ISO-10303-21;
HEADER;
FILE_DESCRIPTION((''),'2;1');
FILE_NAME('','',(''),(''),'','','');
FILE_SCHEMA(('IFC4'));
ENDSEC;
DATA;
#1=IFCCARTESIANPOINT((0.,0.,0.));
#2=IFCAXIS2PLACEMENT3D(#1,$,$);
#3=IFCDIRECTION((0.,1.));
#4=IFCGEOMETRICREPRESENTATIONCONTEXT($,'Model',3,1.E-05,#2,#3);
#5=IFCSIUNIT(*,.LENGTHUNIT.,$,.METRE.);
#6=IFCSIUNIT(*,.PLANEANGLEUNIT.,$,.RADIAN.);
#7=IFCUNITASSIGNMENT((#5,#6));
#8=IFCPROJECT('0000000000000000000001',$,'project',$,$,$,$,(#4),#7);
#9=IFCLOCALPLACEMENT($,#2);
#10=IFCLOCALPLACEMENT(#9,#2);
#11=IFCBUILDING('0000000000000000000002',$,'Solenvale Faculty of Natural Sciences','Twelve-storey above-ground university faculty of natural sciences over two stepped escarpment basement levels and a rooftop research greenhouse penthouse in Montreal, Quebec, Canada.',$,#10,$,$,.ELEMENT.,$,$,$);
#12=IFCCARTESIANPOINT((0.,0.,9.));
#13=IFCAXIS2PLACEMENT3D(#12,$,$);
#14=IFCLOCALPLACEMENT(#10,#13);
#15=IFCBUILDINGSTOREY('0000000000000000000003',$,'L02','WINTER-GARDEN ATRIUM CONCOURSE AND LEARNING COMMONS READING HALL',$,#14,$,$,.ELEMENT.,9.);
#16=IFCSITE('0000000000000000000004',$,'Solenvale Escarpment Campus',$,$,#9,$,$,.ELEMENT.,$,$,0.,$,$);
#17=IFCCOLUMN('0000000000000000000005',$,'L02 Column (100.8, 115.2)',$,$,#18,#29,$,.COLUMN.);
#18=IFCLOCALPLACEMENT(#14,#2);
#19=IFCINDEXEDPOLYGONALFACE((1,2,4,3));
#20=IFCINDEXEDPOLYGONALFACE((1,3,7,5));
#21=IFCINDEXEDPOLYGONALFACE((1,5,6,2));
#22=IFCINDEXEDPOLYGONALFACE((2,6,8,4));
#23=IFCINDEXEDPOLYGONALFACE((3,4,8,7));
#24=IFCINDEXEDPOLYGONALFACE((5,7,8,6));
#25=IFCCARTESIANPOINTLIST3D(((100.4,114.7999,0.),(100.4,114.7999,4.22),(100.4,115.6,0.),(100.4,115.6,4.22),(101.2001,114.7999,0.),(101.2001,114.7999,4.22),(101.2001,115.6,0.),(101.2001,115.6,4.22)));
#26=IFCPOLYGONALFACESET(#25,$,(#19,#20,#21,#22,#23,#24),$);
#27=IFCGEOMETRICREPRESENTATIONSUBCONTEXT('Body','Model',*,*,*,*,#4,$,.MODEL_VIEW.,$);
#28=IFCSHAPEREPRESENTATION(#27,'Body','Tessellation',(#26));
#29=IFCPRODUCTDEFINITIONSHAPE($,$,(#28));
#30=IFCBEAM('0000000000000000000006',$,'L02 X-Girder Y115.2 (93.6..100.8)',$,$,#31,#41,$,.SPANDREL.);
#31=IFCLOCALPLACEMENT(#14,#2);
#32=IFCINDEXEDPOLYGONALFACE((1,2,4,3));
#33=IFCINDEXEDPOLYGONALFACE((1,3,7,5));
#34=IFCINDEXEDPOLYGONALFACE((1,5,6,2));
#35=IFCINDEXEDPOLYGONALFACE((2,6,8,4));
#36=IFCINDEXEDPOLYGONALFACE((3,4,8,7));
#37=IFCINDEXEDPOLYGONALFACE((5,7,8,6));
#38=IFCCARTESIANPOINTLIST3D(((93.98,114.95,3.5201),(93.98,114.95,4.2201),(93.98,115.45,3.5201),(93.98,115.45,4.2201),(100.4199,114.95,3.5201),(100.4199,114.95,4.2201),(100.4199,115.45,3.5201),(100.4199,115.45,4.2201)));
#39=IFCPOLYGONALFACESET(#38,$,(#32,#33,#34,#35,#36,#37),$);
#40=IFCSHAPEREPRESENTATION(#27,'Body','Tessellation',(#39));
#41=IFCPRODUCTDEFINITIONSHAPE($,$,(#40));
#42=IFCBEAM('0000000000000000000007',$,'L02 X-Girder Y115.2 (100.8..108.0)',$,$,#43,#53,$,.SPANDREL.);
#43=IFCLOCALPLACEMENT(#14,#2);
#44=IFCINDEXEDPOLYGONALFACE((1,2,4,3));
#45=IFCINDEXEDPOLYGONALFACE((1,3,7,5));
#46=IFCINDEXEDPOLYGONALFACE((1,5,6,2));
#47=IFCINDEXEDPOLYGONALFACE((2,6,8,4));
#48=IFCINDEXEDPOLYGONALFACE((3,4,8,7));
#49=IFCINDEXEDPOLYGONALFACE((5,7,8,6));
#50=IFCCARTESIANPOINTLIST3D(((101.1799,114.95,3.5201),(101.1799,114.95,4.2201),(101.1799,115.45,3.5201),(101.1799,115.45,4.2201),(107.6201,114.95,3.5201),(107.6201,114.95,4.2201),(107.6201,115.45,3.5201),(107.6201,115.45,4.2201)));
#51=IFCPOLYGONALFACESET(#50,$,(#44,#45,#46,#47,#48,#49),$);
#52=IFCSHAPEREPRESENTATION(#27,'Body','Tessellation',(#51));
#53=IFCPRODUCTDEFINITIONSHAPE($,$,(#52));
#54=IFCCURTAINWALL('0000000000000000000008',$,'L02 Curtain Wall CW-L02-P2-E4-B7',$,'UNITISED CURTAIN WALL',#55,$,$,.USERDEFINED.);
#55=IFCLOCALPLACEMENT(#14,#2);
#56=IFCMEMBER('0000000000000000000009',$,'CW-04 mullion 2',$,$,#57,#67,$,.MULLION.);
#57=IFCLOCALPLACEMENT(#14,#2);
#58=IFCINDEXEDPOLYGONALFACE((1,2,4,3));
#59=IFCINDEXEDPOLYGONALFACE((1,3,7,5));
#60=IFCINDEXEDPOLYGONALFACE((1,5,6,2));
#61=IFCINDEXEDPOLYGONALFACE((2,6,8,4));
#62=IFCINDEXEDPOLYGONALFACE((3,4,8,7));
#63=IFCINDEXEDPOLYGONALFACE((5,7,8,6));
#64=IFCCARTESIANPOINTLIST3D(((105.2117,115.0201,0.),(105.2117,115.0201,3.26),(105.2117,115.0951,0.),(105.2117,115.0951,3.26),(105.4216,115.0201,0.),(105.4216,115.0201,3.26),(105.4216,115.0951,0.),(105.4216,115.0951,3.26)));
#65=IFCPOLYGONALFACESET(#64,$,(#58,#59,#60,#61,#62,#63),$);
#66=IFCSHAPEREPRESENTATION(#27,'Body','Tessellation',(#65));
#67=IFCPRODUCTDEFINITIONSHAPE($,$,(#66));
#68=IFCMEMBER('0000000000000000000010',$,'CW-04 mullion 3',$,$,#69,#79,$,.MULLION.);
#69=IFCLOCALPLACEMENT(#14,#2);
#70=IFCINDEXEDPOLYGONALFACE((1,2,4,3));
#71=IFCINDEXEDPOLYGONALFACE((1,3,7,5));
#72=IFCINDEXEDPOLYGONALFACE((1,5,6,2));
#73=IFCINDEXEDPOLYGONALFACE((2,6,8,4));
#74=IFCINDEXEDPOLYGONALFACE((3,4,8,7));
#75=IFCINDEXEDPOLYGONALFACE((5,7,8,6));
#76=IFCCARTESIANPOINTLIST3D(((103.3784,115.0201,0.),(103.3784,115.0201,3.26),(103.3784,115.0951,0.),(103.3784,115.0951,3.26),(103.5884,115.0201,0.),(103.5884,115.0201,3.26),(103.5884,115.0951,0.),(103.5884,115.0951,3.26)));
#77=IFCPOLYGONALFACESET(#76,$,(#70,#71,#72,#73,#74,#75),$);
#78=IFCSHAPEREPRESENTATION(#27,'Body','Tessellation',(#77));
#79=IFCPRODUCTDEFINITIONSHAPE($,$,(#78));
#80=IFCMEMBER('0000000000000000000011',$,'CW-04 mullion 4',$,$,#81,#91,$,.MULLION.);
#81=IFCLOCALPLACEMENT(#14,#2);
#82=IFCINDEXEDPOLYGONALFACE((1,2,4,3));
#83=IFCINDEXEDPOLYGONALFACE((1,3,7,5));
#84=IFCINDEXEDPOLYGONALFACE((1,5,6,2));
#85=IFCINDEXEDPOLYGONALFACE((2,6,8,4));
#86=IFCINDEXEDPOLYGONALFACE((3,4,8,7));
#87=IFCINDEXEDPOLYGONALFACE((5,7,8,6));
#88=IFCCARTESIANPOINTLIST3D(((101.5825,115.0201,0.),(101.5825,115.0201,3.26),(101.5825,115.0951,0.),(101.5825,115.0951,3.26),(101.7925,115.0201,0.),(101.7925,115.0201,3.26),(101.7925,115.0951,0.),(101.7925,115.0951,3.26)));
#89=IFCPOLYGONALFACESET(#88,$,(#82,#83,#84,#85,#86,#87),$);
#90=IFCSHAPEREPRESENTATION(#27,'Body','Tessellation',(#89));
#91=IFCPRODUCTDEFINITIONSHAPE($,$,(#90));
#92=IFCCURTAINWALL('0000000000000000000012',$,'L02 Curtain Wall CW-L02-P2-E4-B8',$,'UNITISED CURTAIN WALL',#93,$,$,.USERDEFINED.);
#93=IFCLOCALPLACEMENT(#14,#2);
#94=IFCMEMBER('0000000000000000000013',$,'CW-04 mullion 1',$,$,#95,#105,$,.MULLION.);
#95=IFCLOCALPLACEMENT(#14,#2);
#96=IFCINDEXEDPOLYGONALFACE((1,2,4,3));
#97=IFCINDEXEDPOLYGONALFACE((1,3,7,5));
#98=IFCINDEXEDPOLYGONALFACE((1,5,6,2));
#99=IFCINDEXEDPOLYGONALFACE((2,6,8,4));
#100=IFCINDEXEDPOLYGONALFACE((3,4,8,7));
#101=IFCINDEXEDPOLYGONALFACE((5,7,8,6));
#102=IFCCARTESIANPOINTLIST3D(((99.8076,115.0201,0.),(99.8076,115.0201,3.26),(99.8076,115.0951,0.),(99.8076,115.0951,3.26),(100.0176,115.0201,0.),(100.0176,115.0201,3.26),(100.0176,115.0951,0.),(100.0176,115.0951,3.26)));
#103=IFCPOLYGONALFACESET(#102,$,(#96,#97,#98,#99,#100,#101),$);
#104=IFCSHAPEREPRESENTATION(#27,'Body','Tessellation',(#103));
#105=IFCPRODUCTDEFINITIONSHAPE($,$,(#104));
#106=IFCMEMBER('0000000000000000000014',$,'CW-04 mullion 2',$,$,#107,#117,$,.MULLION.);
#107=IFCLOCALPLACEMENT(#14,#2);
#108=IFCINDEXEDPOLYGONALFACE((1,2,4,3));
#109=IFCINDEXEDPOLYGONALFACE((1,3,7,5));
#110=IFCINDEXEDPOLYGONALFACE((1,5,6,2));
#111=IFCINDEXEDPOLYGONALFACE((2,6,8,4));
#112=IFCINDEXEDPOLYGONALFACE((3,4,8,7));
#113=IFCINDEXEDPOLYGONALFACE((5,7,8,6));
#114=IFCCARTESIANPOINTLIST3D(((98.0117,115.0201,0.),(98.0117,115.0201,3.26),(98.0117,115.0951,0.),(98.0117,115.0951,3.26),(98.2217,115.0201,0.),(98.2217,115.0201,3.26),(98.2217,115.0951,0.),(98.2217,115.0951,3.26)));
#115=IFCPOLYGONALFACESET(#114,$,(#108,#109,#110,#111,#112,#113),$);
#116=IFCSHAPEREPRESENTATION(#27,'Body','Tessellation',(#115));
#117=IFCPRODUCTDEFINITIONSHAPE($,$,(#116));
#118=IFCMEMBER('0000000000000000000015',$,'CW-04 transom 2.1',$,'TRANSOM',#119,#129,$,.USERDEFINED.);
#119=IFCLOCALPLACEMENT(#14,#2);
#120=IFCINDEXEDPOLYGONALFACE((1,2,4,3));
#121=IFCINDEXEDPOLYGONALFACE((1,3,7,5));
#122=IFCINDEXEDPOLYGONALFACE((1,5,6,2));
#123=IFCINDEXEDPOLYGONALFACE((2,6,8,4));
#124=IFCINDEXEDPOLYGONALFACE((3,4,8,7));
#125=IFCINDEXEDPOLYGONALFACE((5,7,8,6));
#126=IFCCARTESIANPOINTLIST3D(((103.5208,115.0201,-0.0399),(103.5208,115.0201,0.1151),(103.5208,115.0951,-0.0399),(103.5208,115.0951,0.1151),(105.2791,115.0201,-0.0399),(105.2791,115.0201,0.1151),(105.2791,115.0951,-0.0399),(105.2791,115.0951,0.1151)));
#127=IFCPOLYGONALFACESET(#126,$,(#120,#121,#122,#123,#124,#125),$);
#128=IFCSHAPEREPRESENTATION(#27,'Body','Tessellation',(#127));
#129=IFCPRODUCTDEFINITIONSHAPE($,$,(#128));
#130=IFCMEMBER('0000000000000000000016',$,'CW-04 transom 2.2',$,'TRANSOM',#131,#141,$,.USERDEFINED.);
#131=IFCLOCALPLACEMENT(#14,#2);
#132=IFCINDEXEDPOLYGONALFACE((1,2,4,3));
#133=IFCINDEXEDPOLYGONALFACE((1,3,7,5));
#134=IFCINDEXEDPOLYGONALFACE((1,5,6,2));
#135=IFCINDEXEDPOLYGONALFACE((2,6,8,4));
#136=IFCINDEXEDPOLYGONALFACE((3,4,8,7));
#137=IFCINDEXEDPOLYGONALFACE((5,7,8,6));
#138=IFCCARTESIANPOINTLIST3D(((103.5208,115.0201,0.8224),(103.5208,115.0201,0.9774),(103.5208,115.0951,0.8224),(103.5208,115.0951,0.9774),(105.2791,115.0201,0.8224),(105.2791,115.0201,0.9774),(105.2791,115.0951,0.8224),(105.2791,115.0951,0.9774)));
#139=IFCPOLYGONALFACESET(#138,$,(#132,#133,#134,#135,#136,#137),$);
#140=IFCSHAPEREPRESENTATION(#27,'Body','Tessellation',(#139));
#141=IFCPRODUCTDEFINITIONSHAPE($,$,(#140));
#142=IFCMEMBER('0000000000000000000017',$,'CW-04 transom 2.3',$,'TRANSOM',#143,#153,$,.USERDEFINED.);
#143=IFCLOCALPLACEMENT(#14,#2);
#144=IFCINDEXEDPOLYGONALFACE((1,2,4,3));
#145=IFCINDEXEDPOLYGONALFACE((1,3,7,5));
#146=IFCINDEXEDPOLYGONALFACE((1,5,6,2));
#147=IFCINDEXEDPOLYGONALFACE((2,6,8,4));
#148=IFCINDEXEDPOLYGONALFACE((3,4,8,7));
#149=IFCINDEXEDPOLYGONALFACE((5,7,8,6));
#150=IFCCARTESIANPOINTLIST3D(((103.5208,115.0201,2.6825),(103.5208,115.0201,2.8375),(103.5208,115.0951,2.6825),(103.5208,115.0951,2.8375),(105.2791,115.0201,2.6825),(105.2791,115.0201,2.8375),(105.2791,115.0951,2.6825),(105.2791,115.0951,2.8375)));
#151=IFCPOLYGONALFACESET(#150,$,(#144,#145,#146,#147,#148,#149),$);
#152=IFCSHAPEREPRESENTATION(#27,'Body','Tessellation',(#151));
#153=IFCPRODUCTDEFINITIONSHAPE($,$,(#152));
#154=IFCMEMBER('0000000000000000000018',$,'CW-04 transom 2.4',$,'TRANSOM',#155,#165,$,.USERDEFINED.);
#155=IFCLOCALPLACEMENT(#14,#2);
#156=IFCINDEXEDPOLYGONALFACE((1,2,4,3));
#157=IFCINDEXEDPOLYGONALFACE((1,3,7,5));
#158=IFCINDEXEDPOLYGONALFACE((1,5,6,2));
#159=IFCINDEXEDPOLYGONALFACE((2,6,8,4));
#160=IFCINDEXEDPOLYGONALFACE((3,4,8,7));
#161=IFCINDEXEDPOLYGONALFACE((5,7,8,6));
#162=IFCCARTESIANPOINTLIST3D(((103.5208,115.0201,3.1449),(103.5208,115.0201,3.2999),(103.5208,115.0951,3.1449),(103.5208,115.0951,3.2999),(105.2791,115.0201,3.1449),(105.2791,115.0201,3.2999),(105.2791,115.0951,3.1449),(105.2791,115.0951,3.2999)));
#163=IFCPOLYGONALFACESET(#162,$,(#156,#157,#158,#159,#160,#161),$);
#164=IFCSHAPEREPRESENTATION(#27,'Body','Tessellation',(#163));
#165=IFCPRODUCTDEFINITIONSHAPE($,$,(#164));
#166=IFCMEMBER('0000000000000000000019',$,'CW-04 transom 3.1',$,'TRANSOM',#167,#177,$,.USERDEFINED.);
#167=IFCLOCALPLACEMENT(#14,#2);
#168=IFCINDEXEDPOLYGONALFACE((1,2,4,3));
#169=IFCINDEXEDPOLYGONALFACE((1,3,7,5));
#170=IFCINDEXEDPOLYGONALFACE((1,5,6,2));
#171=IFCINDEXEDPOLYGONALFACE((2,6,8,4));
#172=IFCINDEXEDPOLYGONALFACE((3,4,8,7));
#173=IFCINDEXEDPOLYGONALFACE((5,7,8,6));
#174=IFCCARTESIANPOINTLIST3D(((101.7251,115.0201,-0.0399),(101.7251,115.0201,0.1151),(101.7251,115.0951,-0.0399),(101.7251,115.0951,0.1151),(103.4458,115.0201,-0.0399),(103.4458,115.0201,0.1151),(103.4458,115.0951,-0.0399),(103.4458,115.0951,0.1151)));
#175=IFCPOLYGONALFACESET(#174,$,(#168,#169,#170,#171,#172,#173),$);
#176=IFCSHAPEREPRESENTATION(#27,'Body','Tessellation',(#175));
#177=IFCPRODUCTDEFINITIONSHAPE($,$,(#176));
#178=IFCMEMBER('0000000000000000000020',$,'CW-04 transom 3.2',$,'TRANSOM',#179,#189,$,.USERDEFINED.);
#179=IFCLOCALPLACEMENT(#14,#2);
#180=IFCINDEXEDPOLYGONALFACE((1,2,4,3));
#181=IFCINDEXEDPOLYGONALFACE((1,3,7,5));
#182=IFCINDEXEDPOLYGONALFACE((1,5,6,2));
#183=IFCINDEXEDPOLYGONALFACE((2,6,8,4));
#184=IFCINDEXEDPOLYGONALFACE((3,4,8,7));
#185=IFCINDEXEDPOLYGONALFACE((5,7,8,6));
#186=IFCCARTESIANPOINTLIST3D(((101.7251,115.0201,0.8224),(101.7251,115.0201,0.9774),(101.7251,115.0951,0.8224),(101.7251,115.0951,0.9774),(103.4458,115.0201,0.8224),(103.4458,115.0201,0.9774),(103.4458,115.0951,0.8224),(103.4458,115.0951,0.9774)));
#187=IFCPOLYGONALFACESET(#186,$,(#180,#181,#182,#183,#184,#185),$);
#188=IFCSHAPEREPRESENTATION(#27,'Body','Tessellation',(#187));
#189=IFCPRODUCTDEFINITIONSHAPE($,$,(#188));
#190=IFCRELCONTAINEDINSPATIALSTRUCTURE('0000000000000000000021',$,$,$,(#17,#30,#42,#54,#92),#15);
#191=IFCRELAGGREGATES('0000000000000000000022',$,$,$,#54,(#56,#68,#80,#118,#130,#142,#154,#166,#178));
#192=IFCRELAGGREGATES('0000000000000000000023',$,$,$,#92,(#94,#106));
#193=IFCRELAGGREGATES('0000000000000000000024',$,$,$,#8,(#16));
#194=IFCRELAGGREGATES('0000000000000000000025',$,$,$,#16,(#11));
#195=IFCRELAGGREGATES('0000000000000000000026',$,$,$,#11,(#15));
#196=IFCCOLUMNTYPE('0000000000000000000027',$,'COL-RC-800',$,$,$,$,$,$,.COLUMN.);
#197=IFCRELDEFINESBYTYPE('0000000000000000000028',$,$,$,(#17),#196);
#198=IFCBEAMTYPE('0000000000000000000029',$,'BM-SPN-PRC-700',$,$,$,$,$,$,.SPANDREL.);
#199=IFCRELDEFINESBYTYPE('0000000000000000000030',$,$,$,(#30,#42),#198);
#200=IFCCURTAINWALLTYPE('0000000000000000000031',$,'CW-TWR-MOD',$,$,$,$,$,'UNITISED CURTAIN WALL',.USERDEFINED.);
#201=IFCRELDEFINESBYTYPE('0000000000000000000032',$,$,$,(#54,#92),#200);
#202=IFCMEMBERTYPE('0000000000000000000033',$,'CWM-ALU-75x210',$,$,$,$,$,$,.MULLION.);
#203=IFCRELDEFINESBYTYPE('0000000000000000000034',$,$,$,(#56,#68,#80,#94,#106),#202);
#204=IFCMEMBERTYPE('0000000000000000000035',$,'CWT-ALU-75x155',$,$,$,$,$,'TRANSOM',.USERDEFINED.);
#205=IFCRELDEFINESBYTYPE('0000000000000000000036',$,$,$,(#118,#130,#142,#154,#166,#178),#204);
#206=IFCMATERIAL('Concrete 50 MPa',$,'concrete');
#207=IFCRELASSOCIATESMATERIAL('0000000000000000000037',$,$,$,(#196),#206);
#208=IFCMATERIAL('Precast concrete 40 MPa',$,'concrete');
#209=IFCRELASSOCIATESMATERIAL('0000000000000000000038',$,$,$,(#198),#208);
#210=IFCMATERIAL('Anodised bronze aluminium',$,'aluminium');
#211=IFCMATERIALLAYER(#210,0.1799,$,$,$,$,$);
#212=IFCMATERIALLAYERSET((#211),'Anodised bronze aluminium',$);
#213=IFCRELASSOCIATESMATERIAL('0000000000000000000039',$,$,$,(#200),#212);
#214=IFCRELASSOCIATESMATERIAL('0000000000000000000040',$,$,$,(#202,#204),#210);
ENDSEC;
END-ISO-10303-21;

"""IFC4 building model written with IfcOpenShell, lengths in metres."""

from ifc_helpers import new_model, si_unit, direction, frame, origin, origin_2d, place, context, subcontext, project, spatial, rectangle, extrude, material, layer, layer_set, material_profile, profile_set, type_object, element, aggregate, save


model = new_model("IFC4")

# Units and contexts
model_context = context("Model", 3, precision=1e-05, world=origin(), true_north=direction((0.0, 1.0)))
body_context = subcontext(model_context, "Body", "Model", "MODEL_VIEW")
ifc_project = project(units=[si_unit("LENGTHUNIT", "METRE"), si_unit("PLANEANGLEUNIT", "RADIAN")], contexts=[model_context])

# Site, building, storey
site_placement = place(None, origin())
site = spatial("IfcSite", under=ifc_project, at=site_placement, Name="Solenvale Escarpment Campus", CompositionType="ELEMENT", RefElevation=0.0)
building_placement = place(site_placement, origin())
building = spatial("IfcBuilding", under=site, at=building_placement, Name="Solenvale Faculty of Natural Sciences", Description="Twelve-storey above-ground university faculty of natural sciences over two stepped escarpment basement levels and a rooftop research greenhouse penthouse in Montreal, Quebec, Canada.", CompositionType="ELEMENT")
storey_placement = place(building_placement, frame((0.0, 0.0, 9.0)))
storey = spatial("IfcBuildingStorey", under=building, at=storey_placement, Name="L02", Description="WINTER-GARDEN ATRIUM CONCOURSE AND LEARNING COMMONS READING HALL", CompositionType="ELEMENT", Elevation=9.0)

# Column
ifc_material_1 = material(Name="Concrete 50 MPa", Category="concrete")
ifc_material_profile_1 = material_profile(ifc_material_1, rectangle(XDim=0.8, YDim=0.8, at=origin_2d()), Name="RC-COL-800x800")
ifc_profile_set_1 = profile_set([ifc_material_profile_1], Name="Concrete 50 MPa")
column_type = type_object("IfcColumnType", Name="COL-RC-800", PredefinedType="COLUMN", material=ifc_profile_set_1)
column_placement = place(storey_placement, frame((100.8, 115.2, 0.0), z_axis=(0.0, 0.0, 1.0), x_axis=(1.0, 0.0, 0.0)))
element("IfcColumn", 1, at=column_placement, inside=storey, type_object=column_type, Name="L02 Column (100.8, 115.2)", PredefinedType="COLUMN", context=body_context, shape_type="SweptSolid", body=[
    extrude(rectangle(XDim=0.8, YDim=0.8, at=origin_2d()), origin(), (0.0, 0.0, 1.0), 4.22),
])

# Beams
ifc_material_2 = material(Name="Precast concrete 40 MPa", Category="concrete")
ifc_material_profile_2 = material_profile(ifc_material_2, rectangle(XDim=0.5, YDim=0.7, at=origin_2d()), Name="RC-BM-500x700")
ifc_profile_set_2 = profile_set([ifc_material_profile_2], Name="Precast concrete 40 MPa")
beam_type = type_object("IfcBeamType", Name="BM-SPN-PRC-700", PredefinedType="SPANDREL", material=ifc_profile_set_2)
beam_1_placement = place(storey_placement, frame((93.98, 115.2, 3.8701), z_axis=(1.0, 0.0, 0.0), x_axis=(0.0, 1.0, 0.0)))
element("IfcBeam", 2, at=beam_1_placement, inside=storey, type_object=beam_type, Name="L02 X-Girder Y115.2 (93.6..100.8)", PredefinedType="SPANDREL", context=body_context, shape_type="SweptSolid", body=[
    extrude(rectangle(XDim=0.5, YDim=0.7, at=origin_2d()), origin(), (0.0, 0.0, 1.0), 6.4399),
])
beam_2_placement = place(storey_placement, frame((101.1799, 115.2, 3.8701), z_axis=(1.0, 0.0, 0.0), x_axis=(0.0, 1.0, 0.0)))
element("IfcBeam", 3, at=beam_2_placement, inside=storey, type_object=beam_type, Name="L02 X-Girder Y115.2 (100.8..108.0)", PredefinedType="SPANDREL", context=body_context, shape_type="SweptSolid", body=[
    extrude(rectangle(XDim=0.5, YDim=0.7, at=origin_2d()), origin(), (0.0, 0.0, 1.0), 6.4402),
])

# Curtain walls, members
ifc_material_3 = material(Name="Anodised bronze aluminium", Category="aluminium")
ifc_layer_1 = layer(ifc_material_3, 0.1799)
ifc_layer_set_1 = layer_set([ifc_layer_1], Name="Anodised bronze aluminium")
curtain_wall_type = type_object("IfcCurtainWallType", Name="CW-TWR-MOD", ElementType="UNITISED CURTAIN WALL", PredefinedType="USERDEFINED", material=ifc_layer_set_1)
curtain_wall_1_placement = place(storey_placement, origin())
curtain_wall_1 = element("IfcCurtainWall", 4, at=curtain_wall_1_placement, inside=storey, type_object=curtain_wall_type, Name="L02 Curtain Wall CW-L02-P2-E4-B7", ObjectType="UNITISED CURTAIN WALL", PredefinedType="USERDEFINED")
ifc_material_profile_3 = material_profile(ifc_material_3, rectangle(XDim=0.075, YDim=0.21, at=origin_2d()), Name="ALU-MUL-75x210")
ifc_profile_set_3 = profile_set([ifc_material_profile_3], Name="Anodised bronze aluminium")
member_type_1 = type_object("IfcMemberType", Name="CWM-ALU-75x210", PredefinedType="MULLION", material=ifc_profile_set_3)
member_1_placement = place(storey_placement, frame((105.3167, 115.0576, 0.0), z_axis=(0.0, 0.0, 1.0), x_axis=(0.0, -1.0, 0.0)))
member_1 = element("IfcMember", 5, at=member_1_placement, type_object=member_type_1, Name="CW-04 mullion 2", PredefinedType="MULLION", context=body_context, shape_type="SweptSolid", body=[
    extrude(rectangle(XDim=0.075, YDim=0.21, at=origin_2d()), origin(), (0.0, 0.0, 1.0), 3.26),
])
member_2_placement = place(storey_placement, frame((103.4834, 115.0576, 0.0), z_axis=(0.0, 0.0, 1.0), x_axis=(0.0, -1.0, 0.0)))
member_2 = element("IfcMember", 6, at=member_2_placement, type_object=member_type_1, Name="CW-04 mullion 3", PredefinedType="MULLION", context=body_context, shape_type="SweptSolid", body=[
    extrude(rectangle(XDim=0.075, YDim=0.21, at=origin_2d()), origin(), (0.0, 0.0, 1.0), 3.26),
])
member_3_placement = place(storey_placement, frame((101.6875, 115.0576, 0.0), z_axis=(0.0, 0.0, 1.0), x_axis=(0.0, -1.0, 0.0)))
member_3 = element("IfcMember", 7, at=member_3_placement, type_object=member_type_1, Name="CW-04 mullion 4", PredefinedType="MULLION", context=body_context, shape_type="SweptSolid", body=[
    extrude(rectangle(XDim=0.075, YDim=0.21, at=origin_2d()), origin(), (0.0, 0.0, 1.0), 3.26),
])
curtain_wall_2_placement = place(storey_placement, origin())
curtain_wall_2 = element("IfcCurtainWall", 8, at=curtain_wall_2_placement, inside=storey, type_object=curtain_wall_type, Name="L02 Curtain Wall CW-L02-P2-E4-B8", ObjectType="UNITISED CURTAIN WALL", PredefinedType="USERDEFINED")
member_4_placement = place(storey_placement, frame((99.9126, 115.0576, 0.0), z_axis=(0.0, 0.0, 1.0), x_axis=(0.0, -1.0, 0.0)))
member_4 = element("IfcMember", 9, at=member_4_placement, type_object=member_type_1, Name="CW-04 mullion 1", PredefinedType="MULLION", context=body_context, shape_type="SweptSolid", body=[
    extrude(rectangle(XDim=0.075, YDim=0.21, at=origin_2d()), origin(), (0.0, 0.0, 1.0), 3.26),
])
member_5_placement = place(storey_placement, frame((98.1167, 115.0576, 0.0), z_axis=(0.0, 0.0, 1.0), x_axis=(0.0, -1.0, 0.0)))
member_5 = element("IfcMember", 10, at=member_5_placement, type_object=member_type_1, Name="CW-04 mullion 2", PredefinedType="MULLION", context=body_context, shape_type="SweptSolid", body=[
    extrude(rectangle(XDim=0.075, YDim=0.21, at=origin_2d()), origin(), (0.0, 0.0, 1.0), 3.26),
])

# Members
ifc_material_profile_4 = material_profile(ifc_material_3, rectangle(XDim=0.075, YDim=0.155, at=origin_2d()), Name="ALU-TRN-75x155")
ifc_profile_set_4 = profile_set([ifc_material_profile_4], Name="Anodised bronze aluminium")
member_type_2 = type_object("IfcMemberType", Name="CWT-ALU-75x155", ElementType="TRANSOM", PredefinedType="USERDEFINED", material=ifc_profile_set_4)
member_6_placement = place(storey_placement, frame((105.2791, 115.0576, 0.0376), z_axis=(-1.0, 0.0, 0.0), x_axis=(0.0, -1.0, 0.0)))
member_6 = element("IfcMember", 11, at=member_6_placement, type_object=member_type_2, Name="CW-04 transom 2.1", ObjectType="TRANSOM", PredefinedType="USERDEFINED", context=body_context, shape_type="SweptSolid", body=[
    extrude(rectangle(XDim=0.075, YDim=0.155, at=origin_2d()), origin(), (0.0, 0.0, 1.0), 1.7583),
])
member_7_placement = place(storey_placement, frame((105.2791, 115.0576, 0.8999), z_axis=(-1.0, 0.0, 0.0), x_axis=(0.0, -1.0, 0.0)))
member_7 = element("IfcMember", 12, at=member_7_placement, type_object=member_type_2, Name="CW-04 transom 2.2", ObjectType="TRANSOM", PredefinedType="USERDEFINED", context=body_context, shape_type="SweptSolid", body=[
    extrude(rectangle(XDim=0.075, YDim=0.155, at=origin_2d()), origin(), (0.0, 0.0, 1.0), 1.7583),
])
member_8_placement = place(storey_placement, frame((105.2791, 115.0576, 2.76), z_axis=(-1.0, 0.0, 0.0), x_axis=(0.0, -1.0, 0.0)))
member_8 = element("IfcMember", 13, at=member_8_placement, type_object=member_type_2, Name="CW-04 transom 2.3", ObjectType="TRANSOM", PredefinedType="USERDEFINED", context=body_context, shape_type="SweptSolid", body=[
    extrude(rectangle(XDim=0.075, YDim=0.155, at=origin_2d()), origin(), (0.0, 0.0, 1.0), 1.7583),
])
member_9_placement = place(storey_placement, frame((105.2791, 115.0576, 3.2224), z_axis=(-1.0, 0.0, 0.0), x_axis=(0.0, -1.0, 0.0)))
member_9 = element("IfcMember", 14, at=member_9_placement, type_object=member_type_2, Name="CW-04 transom 2.4", ObjectType="TRANSOM", PredefinedType="USERDEFINED", context=body_context, shape_type="SweptSolid", body=[
    extrude(rectangle(XDim=0.075, YDim=0.155, at=origin_2d()), origin(), (0.0, 0.0, 1.0), 1.7583),
])
member_10_placement = place(storey_placement, frame((103.4458, 115.0576, 0.0376), z_axis=(-1.0, 0.0, 0.0), x_axis=(0.0, -1.0, 0.0)))
member_10 = element("IfcMember", 15, at=member_10_placement, type_object=member_type_2, Name="CW-04 transom 3.1", ObjectType="TRANSOM", PredefinedType="USERDEFINED", context=body_context, shape_type="SweptSolid", body=[
    extrude(rectangle(XDim=0.075, YDim=0.155, at=origin_2d()), origin(), (0.0, 0.0, 1.0), 1.7207),
])
member_11_placement = place(storey_placement, frame((103.4458, 115.0576, 0.8999), z_axis=(-1.0, 0.0, 0.0), x_axis=(0.0, -1.0, 0.0)))
member_11 = element("IfcMember", 16, at=member_11_placement, type_object=member_type_2, Name="CW-04 transom 3.2", ObjectType="TRANSOM", PredefinedType="USERDEFINED", context=body_context, shape_type="SweptSolid", body=[
    extrude(rectangle(XDim=0.075, YDim=0.155, at=origin_2d()), origin(), (0.0, 0.0, 1.0), 1.7207),
])

aggregate(curtain_wall_1, [member_1, member_2, member_3, member_6, member_7, member_8, member_9, member_10, member_11])
aggregate(curtain_wall_2, [member_4, member_5])

save(model, "model.ifc")
